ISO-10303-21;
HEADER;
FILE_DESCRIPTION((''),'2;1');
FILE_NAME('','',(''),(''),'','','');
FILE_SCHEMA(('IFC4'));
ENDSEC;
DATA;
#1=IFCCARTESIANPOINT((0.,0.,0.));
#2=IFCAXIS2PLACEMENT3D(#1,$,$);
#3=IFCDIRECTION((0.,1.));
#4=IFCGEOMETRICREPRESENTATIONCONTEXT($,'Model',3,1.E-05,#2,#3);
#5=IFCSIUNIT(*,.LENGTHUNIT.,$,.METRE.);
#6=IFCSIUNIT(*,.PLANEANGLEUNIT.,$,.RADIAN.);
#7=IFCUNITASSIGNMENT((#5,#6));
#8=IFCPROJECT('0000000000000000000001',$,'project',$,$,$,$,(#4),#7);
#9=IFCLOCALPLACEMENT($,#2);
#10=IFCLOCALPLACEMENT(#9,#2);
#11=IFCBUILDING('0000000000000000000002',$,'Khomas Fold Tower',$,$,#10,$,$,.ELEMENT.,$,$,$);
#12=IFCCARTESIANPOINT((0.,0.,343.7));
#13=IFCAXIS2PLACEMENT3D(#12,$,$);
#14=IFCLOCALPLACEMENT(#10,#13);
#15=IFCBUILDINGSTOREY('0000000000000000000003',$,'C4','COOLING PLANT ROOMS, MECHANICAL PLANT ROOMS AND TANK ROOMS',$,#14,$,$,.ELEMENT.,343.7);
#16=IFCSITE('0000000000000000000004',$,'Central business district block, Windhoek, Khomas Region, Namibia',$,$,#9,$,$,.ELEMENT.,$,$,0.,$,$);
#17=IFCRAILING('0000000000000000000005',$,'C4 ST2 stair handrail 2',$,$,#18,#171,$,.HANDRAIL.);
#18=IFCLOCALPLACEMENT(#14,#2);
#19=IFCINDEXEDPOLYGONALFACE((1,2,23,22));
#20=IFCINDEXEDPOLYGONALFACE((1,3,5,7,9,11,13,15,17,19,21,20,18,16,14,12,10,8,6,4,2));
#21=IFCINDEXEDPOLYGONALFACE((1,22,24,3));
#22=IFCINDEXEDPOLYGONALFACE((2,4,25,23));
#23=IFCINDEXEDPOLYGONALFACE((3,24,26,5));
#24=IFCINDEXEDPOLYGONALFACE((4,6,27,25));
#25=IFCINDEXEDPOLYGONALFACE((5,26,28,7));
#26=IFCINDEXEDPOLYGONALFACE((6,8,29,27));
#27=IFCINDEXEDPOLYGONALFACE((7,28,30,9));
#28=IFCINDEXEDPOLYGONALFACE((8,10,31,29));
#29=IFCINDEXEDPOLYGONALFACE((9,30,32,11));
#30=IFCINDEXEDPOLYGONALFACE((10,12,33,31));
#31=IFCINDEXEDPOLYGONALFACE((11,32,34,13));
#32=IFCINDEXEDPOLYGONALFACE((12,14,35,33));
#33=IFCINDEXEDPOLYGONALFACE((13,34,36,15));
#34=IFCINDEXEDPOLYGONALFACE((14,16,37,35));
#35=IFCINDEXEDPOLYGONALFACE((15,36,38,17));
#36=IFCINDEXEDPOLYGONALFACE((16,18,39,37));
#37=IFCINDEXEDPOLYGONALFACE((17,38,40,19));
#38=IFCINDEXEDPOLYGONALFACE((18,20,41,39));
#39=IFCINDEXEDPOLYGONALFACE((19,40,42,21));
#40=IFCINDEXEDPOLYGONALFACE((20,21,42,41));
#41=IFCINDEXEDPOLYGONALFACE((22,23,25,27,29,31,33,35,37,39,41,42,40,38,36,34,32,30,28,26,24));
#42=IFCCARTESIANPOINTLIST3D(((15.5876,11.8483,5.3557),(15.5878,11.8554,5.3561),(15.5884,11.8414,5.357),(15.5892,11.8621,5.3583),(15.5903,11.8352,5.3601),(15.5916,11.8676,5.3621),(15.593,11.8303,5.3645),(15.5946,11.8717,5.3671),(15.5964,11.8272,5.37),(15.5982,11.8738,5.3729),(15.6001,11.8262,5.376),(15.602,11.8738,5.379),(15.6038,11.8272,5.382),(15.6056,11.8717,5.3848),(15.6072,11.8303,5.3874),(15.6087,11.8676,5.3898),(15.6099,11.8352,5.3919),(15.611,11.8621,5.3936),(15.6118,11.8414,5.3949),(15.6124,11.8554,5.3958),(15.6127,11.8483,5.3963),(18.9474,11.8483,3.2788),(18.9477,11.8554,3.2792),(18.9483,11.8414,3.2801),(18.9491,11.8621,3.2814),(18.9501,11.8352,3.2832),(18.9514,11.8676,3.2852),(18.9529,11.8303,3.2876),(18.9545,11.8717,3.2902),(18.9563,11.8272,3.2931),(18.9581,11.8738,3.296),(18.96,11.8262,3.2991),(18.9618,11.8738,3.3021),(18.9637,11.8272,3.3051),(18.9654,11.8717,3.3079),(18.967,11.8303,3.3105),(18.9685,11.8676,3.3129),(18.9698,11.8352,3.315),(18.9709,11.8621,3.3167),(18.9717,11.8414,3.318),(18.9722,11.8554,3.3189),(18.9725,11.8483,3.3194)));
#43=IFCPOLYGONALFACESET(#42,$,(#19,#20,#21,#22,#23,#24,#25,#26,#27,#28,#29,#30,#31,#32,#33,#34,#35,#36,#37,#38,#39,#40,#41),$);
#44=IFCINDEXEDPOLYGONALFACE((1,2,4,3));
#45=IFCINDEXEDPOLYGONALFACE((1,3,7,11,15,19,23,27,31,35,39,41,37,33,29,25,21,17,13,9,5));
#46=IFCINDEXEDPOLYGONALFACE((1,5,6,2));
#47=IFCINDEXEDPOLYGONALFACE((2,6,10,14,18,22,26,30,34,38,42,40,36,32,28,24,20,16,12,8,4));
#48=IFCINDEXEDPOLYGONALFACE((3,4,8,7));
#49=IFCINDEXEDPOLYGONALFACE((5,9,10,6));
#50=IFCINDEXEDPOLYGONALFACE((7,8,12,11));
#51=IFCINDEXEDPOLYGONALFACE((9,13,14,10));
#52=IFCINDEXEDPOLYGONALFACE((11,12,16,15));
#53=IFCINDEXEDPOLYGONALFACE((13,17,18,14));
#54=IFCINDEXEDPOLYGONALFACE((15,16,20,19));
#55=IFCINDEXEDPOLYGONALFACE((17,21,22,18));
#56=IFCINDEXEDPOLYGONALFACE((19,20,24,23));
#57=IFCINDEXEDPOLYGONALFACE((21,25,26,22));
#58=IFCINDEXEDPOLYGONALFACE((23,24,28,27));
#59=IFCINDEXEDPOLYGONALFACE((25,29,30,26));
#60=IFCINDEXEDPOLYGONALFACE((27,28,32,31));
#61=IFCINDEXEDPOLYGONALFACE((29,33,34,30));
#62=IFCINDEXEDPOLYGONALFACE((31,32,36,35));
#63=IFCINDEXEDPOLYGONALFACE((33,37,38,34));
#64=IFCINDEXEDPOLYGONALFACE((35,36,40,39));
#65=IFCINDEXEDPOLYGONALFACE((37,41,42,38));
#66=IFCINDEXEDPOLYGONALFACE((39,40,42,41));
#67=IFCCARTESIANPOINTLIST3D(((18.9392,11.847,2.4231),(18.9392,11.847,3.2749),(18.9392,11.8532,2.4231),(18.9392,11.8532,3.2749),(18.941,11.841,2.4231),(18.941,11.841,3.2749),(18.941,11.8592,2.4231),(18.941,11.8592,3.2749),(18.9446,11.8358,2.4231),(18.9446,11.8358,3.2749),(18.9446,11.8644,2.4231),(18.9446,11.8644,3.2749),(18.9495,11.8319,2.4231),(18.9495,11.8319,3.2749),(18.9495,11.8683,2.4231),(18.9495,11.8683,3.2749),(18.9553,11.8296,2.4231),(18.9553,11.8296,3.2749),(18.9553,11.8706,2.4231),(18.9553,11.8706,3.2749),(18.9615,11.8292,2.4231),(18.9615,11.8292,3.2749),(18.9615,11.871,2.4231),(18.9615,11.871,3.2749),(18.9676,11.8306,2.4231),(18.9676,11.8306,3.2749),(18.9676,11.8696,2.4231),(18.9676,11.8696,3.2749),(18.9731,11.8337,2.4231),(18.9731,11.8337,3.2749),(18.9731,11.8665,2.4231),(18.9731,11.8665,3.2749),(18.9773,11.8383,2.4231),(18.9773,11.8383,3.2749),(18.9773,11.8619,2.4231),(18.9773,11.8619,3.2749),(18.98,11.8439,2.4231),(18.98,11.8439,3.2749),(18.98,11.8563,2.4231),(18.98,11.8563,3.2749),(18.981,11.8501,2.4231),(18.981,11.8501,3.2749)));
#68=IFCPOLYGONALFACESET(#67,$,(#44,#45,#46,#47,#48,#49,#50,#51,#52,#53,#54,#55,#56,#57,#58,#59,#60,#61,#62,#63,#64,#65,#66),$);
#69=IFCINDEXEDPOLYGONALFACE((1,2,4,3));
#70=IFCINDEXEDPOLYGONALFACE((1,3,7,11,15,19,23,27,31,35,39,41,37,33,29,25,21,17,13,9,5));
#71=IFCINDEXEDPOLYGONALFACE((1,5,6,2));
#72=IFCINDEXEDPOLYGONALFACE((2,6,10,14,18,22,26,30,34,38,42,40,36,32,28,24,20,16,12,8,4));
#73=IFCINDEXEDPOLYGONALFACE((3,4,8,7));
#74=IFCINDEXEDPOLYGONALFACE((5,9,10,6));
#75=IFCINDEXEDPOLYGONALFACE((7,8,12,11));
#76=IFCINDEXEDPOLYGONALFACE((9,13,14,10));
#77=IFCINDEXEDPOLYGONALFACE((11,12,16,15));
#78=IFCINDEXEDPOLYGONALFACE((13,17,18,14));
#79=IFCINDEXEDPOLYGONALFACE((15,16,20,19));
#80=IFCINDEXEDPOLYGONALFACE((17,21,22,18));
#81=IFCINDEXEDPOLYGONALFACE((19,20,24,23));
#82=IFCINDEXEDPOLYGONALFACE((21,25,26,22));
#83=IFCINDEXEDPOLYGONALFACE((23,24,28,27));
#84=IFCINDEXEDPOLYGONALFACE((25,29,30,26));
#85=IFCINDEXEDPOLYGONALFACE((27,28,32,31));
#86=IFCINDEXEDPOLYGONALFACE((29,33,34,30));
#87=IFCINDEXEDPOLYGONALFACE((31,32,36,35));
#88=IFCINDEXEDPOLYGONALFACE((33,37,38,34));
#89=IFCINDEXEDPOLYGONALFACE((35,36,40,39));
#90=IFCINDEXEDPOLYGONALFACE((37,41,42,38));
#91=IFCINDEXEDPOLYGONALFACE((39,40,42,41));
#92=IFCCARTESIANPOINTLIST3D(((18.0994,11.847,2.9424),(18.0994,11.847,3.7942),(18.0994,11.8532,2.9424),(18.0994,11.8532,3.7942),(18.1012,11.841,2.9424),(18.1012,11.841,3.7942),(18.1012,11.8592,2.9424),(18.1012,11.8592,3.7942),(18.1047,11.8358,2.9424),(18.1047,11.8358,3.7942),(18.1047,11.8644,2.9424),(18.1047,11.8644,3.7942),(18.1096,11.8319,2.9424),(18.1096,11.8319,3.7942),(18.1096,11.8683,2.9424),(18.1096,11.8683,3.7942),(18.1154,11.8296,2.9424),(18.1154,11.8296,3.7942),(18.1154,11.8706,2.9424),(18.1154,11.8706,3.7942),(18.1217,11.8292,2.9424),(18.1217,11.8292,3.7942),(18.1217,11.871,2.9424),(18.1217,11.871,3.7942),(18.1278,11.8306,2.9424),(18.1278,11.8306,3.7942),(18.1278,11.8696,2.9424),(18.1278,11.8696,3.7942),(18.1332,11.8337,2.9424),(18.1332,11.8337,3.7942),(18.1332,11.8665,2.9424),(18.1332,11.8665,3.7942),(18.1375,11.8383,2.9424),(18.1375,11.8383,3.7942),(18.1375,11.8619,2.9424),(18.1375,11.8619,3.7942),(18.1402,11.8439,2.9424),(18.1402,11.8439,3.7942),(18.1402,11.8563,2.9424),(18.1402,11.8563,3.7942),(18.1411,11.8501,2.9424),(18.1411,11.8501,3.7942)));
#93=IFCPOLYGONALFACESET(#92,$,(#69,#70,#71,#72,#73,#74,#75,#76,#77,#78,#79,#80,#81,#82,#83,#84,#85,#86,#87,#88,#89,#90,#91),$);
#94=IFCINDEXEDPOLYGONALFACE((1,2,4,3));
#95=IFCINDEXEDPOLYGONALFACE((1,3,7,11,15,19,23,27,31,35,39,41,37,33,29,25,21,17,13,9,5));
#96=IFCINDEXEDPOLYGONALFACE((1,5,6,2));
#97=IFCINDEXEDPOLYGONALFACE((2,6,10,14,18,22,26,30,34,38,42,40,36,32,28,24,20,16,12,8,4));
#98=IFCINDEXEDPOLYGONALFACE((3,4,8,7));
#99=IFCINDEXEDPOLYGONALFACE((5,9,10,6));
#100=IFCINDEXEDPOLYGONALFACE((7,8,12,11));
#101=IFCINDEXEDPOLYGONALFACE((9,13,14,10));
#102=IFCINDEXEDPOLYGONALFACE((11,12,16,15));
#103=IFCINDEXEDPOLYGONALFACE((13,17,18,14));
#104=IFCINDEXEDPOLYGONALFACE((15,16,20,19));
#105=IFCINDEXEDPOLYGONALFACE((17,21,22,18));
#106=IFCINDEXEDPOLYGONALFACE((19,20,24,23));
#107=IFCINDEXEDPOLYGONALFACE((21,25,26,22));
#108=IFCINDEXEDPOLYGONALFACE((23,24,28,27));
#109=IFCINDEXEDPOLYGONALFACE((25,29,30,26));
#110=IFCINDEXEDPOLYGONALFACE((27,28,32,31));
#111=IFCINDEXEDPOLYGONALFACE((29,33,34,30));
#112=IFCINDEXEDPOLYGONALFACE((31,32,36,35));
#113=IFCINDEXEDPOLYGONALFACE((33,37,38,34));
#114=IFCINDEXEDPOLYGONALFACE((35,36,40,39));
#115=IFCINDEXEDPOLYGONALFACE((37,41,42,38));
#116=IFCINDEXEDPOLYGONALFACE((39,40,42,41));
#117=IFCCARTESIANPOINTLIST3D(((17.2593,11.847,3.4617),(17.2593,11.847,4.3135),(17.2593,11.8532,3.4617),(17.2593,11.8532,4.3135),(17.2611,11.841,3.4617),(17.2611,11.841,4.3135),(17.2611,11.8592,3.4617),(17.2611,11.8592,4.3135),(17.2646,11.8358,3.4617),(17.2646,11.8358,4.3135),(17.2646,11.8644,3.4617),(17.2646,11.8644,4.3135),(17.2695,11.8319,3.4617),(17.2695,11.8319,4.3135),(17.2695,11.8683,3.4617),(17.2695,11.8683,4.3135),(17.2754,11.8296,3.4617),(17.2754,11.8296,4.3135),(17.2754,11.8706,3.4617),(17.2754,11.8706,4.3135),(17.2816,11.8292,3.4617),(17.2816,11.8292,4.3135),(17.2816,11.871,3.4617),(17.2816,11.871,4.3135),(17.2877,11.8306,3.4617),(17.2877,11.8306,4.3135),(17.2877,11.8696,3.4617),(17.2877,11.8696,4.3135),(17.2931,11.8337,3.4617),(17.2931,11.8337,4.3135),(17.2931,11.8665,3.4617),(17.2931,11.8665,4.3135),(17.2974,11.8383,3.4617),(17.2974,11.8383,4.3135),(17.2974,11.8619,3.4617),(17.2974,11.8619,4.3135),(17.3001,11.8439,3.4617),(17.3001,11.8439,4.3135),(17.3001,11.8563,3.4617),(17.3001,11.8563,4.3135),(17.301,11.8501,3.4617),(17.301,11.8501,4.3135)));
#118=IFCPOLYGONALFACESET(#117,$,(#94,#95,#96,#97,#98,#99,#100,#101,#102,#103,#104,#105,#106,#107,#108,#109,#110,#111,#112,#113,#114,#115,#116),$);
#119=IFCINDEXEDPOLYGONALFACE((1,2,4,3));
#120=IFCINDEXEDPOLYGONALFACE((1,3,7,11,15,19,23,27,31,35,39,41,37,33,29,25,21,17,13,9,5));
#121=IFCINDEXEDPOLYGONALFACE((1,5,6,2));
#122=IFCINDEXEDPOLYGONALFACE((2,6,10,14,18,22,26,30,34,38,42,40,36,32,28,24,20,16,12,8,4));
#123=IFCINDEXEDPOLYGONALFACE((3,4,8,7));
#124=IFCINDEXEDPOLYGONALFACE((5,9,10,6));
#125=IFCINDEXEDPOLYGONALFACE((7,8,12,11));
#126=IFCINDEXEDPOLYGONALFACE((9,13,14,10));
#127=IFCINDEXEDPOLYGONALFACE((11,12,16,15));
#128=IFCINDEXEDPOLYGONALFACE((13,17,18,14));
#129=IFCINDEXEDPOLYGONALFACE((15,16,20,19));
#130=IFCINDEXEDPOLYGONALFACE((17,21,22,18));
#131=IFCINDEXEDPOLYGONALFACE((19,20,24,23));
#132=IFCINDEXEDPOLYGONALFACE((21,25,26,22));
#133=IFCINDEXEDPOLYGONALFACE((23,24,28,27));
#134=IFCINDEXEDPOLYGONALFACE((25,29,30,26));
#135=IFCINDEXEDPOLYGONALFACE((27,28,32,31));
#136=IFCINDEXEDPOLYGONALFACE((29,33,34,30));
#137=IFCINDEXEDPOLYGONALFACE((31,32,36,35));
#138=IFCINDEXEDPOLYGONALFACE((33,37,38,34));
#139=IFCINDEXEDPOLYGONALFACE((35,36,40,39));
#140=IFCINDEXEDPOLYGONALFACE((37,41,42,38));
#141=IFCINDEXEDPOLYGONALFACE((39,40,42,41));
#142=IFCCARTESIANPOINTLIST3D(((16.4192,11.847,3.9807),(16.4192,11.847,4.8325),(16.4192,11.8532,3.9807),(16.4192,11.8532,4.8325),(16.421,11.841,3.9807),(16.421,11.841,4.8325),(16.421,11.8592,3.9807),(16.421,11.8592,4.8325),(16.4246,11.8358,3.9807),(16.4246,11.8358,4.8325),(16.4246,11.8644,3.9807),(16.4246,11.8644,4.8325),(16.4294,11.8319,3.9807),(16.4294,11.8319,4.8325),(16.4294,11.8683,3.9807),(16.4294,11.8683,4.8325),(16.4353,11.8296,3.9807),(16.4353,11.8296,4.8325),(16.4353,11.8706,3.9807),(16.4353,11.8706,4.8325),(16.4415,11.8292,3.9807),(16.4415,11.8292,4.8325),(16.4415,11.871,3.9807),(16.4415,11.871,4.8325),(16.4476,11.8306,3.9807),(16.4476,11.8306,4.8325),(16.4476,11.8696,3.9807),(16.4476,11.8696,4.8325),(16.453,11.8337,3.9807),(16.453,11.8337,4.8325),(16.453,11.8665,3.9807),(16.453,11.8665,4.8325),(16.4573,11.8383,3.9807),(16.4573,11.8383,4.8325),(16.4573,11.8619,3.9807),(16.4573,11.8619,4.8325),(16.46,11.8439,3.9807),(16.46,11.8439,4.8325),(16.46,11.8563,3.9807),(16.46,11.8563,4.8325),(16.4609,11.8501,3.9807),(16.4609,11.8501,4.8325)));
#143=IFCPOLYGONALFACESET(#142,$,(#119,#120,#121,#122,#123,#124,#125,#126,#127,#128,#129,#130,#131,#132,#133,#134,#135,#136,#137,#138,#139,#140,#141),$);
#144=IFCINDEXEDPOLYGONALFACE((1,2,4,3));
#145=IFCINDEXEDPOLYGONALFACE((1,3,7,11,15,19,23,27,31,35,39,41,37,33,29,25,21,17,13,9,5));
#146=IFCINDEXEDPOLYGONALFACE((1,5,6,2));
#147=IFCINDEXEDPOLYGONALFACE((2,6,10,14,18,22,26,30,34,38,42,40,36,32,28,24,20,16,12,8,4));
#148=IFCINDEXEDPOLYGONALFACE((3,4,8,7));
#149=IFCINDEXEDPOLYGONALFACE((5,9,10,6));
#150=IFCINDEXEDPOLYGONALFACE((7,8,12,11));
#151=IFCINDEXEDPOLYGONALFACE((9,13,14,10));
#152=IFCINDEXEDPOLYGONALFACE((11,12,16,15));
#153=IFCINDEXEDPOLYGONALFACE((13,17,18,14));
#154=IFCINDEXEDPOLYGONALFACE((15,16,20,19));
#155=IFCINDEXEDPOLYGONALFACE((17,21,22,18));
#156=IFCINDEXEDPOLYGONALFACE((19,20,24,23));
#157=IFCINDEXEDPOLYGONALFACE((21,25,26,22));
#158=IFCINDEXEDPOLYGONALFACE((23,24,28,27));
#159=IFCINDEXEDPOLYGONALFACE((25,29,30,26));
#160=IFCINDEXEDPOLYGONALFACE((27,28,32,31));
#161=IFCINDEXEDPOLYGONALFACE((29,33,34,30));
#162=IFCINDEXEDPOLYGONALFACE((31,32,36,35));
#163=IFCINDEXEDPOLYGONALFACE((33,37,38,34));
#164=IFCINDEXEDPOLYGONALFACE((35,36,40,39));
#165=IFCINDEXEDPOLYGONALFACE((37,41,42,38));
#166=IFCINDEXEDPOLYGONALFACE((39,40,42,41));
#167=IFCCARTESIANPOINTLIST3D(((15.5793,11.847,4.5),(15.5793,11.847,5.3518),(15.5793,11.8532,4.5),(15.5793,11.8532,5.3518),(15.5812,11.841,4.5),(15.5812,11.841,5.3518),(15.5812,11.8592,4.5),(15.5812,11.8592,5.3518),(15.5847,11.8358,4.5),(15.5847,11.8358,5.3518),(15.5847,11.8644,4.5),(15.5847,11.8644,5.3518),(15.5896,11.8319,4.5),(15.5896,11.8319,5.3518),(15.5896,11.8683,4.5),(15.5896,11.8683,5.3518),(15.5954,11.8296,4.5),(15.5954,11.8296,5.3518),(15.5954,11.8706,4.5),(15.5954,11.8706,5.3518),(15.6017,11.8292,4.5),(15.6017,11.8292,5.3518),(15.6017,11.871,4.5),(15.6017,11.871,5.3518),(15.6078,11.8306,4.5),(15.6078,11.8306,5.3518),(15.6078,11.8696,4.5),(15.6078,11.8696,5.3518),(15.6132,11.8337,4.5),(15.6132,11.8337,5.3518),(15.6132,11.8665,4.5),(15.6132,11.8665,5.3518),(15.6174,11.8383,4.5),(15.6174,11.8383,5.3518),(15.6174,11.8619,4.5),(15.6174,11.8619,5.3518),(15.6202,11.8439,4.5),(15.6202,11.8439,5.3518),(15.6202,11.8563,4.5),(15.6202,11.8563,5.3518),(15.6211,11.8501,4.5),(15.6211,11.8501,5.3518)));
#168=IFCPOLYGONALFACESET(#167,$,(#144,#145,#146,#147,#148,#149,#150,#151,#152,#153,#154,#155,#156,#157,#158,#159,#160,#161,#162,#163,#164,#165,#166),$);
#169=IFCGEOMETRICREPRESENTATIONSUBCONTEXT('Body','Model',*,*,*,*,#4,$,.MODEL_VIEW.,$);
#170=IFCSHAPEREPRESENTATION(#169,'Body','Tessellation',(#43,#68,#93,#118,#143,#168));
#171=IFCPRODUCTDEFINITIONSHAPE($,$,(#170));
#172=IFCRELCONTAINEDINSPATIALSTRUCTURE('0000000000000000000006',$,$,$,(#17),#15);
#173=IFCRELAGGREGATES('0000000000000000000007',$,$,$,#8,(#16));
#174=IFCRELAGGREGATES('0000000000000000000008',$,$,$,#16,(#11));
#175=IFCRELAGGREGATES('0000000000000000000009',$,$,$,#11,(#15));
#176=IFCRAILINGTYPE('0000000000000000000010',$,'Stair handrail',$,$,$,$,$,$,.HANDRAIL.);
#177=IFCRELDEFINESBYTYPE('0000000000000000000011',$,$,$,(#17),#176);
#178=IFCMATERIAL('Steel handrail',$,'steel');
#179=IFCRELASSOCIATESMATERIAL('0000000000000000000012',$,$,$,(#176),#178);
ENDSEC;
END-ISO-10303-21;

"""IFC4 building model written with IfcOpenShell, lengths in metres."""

from ifc_helpers import new_model, si_unit, direction, frame, origin, origin_2d, place, context, subcontext, project, spatial, circle, extrude, source, transform, mapped, material, type_object, element, save


model = new_model("IFC4")

# Units and contexts
model_context = context("Model", 3, precision=1e-05, world=origin(), true_north=direction((0.0, 1.0)))
body_context = subcontext(model_context, "Body", "Model", "MODEL_VIEW")
ifc_project = project(units=[si_unit("LENGTHUNIT", "METRE"), si_unit("PLANEANGLEUNIT", "RADIAN")], contexts=[model_context])

# Site, building, storey
site_placement = place(None, origin())
site = spatial("IfcSite", under=ifc_project, at=site_placement, Name="Central business district block, Windhoek, Khomas Region, Namibia", CompositionType="ELEMENT", RefElevation=0.0)
building_placement = place(site_placement, origin())
building = spatial("IfcBuilding", under=site, at=building_placement, Name="Khomas Fold Tower", CompositionType="ELEMENT")
storey_placement = place(building_placement, frame((0.0, 0.0, 343.7)))
storey = spatial("IfcBuildingStorey", under=building, at=storey_placement, Name="C4", Description="COOLING PLANT ROOMS, MECHANICAL PLANT ROOMS AND TANK ROOMS", CompositionType="ELEMENT", Elevation=343.7)

# Railing
ifc_material_1 = material(Name="Steel handrail", Category="steel")
railing_type_1 = type_object("IfcRailingType", Name="Stair handrail", PredefinedType="HANDRAIL", material=ifc_material_1)
shared_shape_1 = source(origin(), body_context, "Body", "SweptSolid", [
    extrude(circle(Radius=0.0239, at=origin_2d()), frame((0.0, 0.0, 0.876), z_axis=(-0.850606, 0.0, 0.525803), x_axis=(0.0, -1.0, 0.0)), (0.0, 0.0, 1.0), 3.95),
    extrude(circle(Radius=0.021, at=origin_2d()), origin(), (0.0, 0.0, 1.0), 0.8518),
    extrude(circle(Radius=0.021, at=origin_2d()), frame((-0.8398, 0.0, 0.5193)), (0.0, 0.0, 1.0), 0.8518),
    extrude(circle(Radius=0.021, at=origin_2d()), frame((-1.6799, 0.0, 1.0386)), (0.0, 0.0, 1.0), 0.8518),
    extrude(circle(Radius=0.021, at=origin_2d()), frame((-2.52, 0.0, 1.5576)), (0.0, 0.0, 1.0), 0.8518),
    extrude(circle(Radius=0.021, at=origin_2d()), frame((-3.3599, 0.0, 2.0769)), (0.0, 0.0, 1.0), 0.8518),
])
railing_1_placement = place(storey_placement, frame((18.96, 11.8501, 2.4231)))
element("IfcRailing", 1, at=railing_1_placement, inside=storey, type_object=railing_type_1, Name="C4 ST2 stair handrail 2", PredefinedType="HANDRAIL", context=body_context, shape_type="MappedRepresentation", body=[
    mapped(shared_shape_1, transform((0.0, 0.0, 0.0))),
])

save(model, "model.ifc")
